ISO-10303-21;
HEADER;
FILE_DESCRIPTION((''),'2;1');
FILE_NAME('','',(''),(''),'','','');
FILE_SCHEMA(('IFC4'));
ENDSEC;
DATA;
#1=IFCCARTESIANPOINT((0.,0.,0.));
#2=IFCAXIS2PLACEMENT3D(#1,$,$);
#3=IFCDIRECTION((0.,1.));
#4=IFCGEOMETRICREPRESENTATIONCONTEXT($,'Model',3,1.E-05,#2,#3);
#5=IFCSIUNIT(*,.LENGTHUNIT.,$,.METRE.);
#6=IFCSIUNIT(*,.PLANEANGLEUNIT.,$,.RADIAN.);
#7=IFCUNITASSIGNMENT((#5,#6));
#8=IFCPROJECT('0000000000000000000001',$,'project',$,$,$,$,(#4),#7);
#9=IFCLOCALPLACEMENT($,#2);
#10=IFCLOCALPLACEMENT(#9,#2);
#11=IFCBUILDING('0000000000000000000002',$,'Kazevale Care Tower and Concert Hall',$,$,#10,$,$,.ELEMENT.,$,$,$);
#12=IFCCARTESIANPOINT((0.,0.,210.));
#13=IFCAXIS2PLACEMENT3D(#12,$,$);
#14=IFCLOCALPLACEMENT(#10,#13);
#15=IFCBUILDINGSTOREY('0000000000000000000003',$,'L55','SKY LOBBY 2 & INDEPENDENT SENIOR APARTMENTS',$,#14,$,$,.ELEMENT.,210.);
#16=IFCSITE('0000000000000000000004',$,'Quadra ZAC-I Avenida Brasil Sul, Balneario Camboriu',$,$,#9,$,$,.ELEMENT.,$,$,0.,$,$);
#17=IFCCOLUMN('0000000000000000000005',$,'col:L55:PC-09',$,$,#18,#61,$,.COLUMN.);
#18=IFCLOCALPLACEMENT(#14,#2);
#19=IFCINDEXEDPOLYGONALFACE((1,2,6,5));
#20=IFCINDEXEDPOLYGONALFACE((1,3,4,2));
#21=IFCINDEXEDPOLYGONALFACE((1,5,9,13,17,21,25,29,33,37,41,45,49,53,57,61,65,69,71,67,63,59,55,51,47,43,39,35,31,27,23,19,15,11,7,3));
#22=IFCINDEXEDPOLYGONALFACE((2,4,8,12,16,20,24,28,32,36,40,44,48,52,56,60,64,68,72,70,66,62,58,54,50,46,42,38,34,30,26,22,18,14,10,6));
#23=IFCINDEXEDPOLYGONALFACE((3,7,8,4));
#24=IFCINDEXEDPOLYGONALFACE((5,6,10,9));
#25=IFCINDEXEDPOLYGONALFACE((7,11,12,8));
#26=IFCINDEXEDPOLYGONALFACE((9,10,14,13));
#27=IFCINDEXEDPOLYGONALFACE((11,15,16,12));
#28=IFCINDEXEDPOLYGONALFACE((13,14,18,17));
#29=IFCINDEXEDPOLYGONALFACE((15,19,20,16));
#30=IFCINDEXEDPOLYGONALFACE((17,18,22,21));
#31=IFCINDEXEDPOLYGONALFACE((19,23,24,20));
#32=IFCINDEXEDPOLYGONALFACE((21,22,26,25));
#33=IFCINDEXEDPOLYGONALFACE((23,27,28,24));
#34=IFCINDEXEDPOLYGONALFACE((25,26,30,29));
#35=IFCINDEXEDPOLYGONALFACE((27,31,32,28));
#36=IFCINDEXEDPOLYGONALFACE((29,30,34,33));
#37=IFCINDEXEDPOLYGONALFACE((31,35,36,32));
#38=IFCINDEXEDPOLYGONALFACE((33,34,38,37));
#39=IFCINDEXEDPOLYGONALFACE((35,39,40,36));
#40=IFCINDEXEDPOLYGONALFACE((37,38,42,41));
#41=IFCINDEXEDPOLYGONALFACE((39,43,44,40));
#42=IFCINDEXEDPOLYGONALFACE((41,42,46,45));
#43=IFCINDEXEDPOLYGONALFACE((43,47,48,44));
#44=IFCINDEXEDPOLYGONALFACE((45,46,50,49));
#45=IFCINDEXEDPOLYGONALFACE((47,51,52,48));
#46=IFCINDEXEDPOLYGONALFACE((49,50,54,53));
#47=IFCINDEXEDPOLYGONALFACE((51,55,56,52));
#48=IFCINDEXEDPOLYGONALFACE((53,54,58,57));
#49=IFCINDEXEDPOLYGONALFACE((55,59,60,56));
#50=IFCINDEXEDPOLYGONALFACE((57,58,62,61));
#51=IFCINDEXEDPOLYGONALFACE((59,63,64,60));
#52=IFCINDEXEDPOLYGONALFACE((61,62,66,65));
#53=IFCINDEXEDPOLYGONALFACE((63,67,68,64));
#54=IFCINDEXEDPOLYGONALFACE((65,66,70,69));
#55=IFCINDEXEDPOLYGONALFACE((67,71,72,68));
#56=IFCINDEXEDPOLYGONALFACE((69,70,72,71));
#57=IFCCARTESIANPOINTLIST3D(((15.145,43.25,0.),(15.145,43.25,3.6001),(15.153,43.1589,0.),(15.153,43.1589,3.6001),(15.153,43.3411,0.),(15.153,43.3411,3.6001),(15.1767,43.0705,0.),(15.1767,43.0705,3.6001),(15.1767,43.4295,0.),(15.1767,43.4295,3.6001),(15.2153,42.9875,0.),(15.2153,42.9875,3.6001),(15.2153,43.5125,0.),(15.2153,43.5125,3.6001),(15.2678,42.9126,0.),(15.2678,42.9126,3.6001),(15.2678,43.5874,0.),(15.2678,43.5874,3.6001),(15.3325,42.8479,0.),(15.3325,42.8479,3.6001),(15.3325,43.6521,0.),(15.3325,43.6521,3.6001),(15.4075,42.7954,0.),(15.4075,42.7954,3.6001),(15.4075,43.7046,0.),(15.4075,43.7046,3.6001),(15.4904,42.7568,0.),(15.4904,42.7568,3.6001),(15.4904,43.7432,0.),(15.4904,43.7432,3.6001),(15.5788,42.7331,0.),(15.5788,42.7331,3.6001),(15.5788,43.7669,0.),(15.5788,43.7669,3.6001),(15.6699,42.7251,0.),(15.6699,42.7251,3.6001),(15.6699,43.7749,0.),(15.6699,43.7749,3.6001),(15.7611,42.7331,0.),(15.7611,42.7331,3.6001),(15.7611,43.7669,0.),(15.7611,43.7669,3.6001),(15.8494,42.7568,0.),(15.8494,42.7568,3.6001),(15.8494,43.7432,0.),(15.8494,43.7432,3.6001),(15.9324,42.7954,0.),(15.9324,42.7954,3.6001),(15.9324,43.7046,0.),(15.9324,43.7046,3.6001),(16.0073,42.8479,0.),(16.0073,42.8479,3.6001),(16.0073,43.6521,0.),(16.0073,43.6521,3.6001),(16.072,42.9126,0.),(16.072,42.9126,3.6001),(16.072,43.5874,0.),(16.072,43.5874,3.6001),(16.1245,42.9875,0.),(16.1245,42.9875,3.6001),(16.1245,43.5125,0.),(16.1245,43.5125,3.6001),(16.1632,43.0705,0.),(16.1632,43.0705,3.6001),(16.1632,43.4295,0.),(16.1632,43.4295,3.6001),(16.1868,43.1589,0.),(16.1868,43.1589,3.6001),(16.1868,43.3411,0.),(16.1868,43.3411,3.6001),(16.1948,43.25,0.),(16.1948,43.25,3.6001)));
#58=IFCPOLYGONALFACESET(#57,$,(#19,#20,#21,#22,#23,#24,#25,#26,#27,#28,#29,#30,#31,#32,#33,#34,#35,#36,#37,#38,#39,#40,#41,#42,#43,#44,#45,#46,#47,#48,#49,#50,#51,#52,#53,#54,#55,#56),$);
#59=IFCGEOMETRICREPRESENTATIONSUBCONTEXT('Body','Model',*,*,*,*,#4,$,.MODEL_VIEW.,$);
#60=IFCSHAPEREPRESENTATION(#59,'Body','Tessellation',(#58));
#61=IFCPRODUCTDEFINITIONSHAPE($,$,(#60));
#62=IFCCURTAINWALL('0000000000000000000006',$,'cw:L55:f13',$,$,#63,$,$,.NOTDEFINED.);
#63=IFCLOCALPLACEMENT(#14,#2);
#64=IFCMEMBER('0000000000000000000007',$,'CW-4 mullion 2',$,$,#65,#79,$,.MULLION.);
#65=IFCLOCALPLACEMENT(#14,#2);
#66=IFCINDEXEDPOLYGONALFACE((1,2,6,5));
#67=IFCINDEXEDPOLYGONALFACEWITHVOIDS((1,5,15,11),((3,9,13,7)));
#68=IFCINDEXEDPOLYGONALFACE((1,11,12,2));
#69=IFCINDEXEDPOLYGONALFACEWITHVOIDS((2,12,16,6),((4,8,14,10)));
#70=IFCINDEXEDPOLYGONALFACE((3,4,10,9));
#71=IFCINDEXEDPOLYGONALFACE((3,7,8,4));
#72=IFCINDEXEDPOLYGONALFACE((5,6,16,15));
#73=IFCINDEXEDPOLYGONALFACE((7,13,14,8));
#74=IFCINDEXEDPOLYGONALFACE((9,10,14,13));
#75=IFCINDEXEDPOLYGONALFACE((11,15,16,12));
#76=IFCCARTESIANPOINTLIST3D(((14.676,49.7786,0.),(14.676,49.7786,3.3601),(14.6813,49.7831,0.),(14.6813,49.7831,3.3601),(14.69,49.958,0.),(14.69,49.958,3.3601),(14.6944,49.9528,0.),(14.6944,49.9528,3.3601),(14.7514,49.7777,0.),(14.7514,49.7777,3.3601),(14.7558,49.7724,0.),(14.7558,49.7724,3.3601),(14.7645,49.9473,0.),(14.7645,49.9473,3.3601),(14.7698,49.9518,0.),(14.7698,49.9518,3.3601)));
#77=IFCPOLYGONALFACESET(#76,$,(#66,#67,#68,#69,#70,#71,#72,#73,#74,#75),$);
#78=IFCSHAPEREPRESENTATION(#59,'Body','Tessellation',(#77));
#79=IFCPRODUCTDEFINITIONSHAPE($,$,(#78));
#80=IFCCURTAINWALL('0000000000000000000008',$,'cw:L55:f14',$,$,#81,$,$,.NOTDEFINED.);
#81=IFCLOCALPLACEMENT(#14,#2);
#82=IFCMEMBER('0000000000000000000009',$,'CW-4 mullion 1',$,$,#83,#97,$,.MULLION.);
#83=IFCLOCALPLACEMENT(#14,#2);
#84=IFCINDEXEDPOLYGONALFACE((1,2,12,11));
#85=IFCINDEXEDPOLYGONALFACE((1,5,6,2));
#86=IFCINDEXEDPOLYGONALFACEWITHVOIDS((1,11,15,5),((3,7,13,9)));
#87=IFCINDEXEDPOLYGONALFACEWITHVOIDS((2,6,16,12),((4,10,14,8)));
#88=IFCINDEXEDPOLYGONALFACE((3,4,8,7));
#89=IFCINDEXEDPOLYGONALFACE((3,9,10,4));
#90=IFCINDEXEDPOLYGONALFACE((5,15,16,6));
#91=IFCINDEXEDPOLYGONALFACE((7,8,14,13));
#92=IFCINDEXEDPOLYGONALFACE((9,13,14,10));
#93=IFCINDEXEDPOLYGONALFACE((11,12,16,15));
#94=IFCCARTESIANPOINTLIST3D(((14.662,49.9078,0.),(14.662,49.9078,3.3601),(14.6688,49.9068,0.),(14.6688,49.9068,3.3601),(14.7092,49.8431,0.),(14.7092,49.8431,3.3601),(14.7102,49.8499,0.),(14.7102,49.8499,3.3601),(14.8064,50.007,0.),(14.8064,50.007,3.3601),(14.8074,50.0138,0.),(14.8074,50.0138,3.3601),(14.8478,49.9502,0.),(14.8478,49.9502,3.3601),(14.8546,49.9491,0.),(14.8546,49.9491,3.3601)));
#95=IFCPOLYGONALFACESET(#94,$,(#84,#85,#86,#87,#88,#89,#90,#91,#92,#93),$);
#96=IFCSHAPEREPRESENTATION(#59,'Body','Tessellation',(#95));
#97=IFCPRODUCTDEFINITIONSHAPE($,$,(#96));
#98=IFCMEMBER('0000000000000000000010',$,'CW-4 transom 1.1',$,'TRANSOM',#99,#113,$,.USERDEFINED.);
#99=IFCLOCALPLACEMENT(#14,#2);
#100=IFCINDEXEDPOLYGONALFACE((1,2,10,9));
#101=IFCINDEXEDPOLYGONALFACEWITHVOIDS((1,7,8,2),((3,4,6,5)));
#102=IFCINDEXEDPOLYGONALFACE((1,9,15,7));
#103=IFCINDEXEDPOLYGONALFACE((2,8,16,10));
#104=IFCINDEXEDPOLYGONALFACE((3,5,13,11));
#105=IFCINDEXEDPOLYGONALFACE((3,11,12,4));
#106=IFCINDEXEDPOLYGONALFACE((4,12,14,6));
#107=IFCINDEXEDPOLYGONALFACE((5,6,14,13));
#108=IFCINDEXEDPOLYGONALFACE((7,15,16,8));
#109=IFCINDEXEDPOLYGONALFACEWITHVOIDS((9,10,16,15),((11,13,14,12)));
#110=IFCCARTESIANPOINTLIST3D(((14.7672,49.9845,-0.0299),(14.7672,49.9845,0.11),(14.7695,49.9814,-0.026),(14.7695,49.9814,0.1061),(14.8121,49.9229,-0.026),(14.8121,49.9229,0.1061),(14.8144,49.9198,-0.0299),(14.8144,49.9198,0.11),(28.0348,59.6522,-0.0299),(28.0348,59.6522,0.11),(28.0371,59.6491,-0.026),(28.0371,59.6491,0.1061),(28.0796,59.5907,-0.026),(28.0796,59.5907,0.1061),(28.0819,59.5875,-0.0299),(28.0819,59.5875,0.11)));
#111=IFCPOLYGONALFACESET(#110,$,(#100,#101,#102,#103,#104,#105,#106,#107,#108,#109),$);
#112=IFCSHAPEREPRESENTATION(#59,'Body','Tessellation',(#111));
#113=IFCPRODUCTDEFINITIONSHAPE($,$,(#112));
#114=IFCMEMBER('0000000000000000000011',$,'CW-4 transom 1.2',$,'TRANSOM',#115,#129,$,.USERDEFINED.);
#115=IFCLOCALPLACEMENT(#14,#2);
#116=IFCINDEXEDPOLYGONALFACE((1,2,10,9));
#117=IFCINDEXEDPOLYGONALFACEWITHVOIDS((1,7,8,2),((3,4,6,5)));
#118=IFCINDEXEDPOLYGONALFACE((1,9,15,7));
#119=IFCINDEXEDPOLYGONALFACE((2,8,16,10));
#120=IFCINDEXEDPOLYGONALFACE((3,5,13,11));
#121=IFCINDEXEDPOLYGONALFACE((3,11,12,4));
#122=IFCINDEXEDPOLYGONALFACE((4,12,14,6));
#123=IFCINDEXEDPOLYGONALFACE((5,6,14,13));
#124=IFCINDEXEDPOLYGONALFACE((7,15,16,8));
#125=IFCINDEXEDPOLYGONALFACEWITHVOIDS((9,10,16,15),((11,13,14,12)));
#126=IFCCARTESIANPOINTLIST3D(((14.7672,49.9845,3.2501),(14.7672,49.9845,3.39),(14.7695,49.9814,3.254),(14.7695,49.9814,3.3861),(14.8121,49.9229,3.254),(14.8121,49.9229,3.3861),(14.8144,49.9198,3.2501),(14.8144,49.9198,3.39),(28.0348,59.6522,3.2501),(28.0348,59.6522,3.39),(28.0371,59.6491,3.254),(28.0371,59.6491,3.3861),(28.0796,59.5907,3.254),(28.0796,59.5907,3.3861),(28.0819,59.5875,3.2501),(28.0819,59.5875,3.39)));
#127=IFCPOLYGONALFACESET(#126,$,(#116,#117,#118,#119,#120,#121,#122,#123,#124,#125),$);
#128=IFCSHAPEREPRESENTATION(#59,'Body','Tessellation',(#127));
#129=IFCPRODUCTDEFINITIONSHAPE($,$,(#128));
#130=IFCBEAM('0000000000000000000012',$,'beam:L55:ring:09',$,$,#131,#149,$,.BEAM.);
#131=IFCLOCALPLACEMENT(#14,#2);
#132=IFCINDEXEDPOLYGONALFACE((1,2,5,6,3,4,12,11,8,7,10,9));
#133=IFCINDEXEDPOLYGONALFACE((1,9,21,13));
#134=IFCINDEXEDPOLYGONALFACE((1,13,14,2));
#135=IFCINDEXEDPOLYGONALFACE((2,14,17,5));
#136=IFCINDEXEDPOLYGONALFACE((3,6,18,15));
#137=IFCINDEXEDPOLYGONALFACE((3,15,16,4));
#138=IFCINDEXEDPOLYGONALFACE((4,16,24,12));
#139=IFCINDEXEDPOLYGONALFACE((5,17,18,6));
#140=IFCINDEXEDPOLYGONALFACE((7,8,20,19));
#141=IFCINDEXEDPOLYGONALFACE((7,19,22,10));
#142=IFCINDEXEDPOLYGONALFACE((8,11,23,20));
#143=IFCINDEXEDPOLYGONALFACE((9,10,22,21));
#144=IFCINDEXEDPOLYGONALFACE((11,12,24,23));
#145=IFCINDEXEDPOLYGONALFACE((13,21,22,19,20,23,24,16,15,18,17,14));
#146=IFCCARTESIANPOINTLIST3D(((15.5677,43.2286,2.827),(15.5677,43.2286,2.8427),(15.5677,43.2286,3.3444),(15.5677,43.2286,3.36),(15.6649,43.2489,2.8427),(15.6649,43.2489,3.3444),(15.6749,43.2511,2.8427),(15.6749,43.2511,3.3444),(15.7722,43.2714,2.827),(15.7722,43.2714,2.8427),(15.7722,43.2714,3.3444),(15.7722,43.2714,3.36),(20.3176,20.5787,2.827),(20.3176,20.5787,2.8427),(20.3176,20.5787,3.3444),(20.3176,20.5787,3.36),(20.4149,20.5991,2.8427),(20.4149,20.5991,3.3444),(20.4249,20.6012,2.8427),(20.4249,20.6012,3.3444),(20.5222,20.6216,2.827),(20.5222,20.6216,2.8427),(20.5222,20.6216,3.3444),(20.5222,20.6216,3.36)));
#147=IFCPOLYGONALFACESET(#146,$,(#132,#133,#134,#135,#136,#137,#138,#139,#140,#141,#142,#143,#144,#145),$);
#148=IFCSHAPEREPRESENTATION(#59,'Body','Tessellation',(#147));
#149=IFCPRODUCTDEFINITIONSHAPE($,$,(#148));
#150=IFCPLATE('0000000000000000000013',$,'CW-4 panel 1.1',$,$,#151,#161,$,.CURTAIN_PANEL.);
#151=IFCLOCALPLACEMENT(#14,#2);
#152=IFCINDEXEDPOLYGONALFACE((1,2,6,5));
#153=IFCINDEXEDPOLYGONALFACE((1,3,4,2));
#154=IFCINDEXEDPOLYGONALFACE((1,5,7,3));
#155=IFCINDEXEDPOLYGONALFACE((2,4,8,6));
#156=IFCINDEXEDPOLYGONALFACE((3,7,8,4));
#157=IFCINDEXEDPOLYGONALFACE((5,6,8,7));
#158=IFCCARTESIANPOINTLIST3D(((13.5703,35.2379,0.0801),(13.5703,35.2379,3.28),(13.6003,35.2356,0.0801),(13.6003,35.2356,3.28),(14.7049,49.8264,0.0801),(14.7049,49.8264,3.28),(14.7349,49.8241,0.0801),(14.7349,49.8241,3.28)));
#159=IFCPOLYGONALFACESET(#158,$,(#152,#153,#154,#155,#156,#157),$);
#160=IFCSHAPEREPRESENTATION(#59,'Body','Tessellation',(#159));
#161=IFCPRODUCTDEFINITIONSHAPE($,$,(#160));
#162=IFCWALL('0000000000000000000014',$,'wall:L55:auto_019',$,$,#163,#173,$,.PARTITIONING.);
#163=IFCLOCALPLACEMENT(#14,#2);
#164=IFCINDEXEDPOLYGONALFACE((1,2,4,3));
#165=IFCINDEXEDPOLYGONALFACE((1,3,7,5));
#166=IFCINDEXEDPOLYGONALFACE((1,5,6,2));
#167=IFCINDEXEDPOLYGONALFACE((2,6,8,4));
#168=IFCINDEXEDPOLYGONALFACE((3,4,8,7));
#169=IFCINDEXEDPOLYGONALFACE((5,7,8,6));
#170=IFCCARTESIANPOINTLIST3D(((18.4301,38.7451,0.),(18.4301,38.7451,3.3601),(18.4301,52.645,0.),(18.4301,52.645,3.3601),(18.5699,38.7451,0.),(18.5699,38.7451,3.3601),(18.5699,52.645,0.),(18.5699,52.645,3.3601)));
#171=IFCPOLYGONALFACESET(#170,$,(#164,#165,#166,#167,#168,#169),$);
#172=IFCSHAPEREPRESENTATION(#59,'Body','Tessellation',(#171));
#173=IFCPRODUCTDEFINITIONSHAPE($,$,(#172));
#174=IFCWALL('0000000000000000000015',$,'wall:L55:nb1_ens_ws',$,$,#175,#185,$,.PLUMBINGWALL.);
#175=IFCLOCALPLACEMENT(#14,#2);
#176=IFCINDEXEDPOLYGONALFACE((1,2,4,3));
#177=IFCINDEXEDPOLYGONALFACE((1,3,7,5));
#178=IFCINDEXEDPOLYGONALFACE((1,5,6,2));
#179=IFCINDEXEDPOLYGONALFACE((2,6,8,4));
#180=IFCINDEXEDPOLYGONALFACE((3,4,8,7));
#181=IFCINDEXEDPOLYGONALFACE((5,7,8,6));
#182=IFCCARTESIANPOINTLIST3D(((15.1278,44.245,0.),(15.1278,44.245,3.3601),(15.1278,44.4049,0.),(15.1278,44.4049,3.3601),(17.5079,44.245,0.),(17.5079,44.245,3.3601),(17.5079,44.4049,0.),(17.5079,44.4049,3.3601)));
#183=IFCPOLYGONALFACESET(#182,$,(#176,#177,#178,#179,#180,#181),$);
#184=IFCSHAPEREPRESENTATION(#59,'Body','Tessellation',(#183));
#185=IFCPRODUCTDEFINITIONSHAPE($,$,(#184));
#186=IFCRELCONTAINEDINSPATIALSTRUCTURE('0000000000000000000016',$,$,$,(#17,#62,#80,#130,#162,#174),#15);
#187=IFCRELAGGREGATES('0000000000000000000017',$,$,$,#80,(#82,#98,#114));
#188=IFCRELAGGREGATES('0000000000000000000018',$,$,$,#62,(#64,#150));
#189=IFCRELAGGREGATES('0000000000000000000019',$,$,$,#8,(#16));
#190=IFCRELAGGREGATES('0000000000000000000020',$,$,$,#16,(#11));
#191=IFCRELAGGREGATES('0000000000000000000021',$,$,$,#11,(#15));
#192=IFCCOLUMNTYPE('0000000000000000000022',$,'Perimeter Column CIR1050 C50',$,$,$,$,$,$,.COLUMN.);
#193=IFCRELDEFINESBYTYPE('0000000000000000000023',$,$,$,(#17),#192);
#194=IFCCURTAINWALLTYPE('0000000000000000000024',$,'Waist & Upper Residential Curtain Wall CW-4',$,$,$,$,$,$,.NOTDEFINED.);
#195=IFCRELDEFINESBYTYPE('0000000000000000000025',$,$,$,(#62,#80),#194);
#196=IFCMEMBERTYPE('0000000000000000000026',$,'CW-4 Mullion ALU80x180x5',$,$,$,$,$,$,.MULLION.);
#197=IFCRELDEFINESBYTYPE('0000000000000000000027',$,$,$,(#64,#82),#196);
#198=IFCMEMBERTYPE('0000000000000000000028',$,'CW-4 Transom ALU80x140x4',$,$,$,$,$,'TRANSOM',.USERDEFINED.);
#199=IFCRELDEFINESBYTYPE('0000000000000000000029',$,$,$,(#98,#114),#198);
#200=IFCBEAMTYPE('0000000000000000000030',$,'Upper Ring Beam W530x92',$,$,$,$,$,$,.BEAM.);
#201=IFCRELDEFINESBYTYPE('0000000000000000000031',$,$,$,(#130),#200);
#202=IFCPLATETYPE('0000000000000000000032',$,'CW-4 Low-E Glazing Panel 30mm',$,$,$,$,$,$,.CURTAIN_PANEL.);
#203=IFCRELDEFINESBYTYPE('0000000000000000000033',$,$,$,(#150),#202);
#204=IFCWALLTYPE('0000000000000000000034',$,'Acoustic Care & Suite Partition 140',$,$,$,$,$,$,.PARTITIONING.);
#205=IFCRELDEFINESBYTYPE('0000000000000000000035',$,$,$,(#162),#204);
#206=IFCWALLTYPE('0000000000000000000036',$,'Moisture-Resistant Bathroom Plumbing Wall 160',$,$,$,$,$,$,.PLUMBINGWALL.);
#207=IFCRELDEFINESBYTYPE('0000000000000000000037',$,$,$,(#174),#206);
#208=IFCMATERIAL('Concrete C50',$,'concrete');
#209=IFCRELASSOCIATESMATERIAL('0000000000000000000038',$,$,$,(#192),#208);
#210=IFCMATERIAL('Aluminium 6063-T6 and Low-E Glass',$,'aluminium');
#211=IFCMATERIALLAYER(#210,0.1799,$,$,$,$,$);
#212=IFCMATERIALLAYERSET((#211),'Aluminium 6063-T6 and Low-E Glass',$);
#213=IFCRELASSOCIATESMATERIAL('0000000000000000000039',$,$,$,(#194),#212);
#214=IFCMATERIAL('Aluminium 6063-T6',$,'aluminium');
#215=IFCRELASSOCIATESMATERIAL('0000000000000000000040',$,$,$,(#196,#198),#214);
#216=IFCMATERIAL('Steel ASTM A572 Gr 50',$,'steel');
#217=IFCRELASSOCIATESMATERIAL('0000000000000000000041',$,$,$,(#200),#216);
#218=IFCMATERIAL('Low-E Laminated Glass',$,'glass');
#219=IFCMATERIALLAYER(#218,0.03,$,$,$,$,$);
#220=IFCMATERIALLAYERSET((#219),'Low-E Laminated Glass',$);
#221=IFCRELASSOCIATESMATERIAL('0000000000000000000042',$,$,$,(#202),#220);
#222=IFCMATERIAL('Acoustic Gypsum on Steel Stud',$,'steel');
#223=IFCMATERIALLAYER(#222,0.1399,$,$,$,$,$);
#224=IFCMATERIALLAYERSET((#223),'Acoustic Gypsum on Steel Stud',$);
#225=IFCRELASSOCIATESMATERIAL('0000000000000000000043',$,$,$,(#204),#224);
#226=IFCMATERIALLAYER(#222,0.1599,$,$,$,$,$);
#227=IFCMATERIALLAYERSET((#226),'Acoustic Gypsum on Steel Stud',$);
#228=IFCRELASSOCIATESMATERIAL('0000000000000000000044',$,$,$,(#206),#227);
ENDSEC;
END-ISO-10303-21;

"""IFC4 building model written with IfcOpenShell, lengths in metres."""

from ifc_helpers import new_model, si_unit, direction, frame, frame_2d, origin, origin_2d, place, context, subcontext, project, spatial, rectangle, hollow_rectangle, circle, i_section, extrude, material, layer, layer_set, material_profile, profile_set, type_object, element, aggregate, save


model = new_model("IFC4")

# Units and contexts
model_context = context("Model", 3, precision=1e-05, world=origin(), true_north=direction((0.0, 1.0)))
body_context = subcontext(model_context, "Body", "Model", "MODEL_VIEW")
ifc_project = project(units=[si_unit("LENGTHUNIT", "METRE"), si_unit("PLANEANGLEUNIT", "RADIAN")], contexts=[model_context])

# Site, building, storey
site_placement = place(None, origin())
site = spatial("IfcSite", under=ifc_project, at=site_placement, Name="Quadra ZAC-I Avenida Brasil Sul, Balneario Camboriu", CompositionType="ELEMENT", RefElevation=0.0)
building_placement = place(site_placement, origin())
building = spatial("IfcBuilding", under=site, at=building_placement, Name="Kazevale Care Tower and Concert Hall", CompositionType="ELEMENT")
storey_placement = place(building_placement, frame((0.0, 0.0, 210.0)))
storey = spatial("IfcBuildingStorey", under=building, at=storey_placement, Name="L55", Description="SKY LOBBY 2 & INDEPENDENT SENIOR APARTMENTS", CompositionType="ELEMENT", Elevation=210.0)

# Column
ifc_material_1 = material(Name="Concrete C50", Category="concrete")
ifc_material_profile_1 = material_profile(ifc_material_1, circle(Radius=0.5249, at=origin_2d()), Name="RC-CIR1050")
ifc_profile_set_1 = profile_set([ifc_material_profile_1], Name="Concrete C50")
column_type = type_object("IfcColumnType", Name="Perimeter Column CIR1050 C50", PredefinedType="COLUMN", material=ifc_profile_set_1)
column_placement = place(storey_placement, frame((15.6699, 43.25, 0.0), z_axis=(0.0, 0.0, 1.0), x_axis=(1.0, 0.0, 0.0)))
element("IfcColumn", 1, at=column_placement, inside=storey, type_object=column_type, Name="col:L55:PC-09", PredefinedType="COLUMN", context=body_context, shape_type="SweptSolid", body=[
    extrude(circle(Radius=0.5249, at=origin_2d()), origin(), (0.0, 0.0, 1.0), 3.6001),
])

# Curtain wall, member
ifc_material_2 = material(Name="Aluminium 6063-T6 and Low-E Glass", Category="aluminium")
ifc_layer_1 = layer(ifc_material_2, 0.1799)
ifc_layer_set_1 = layer_set([ifc_layer_1], Name="Aluminium 6063-T6 and Low-E Glass")
curtain_wall_type = type_object("IfcCurtainWallType", Name="Waist & Upper Residential Curtain Wall CW-4", PredefinedType="NOTDEFINED", material=ifc_layer_set_1)
curtain_wall_1_placement = place(storey_placement, origin())
curtain_wall_1 = element("IfcCurtainWall", 2, at=curtain_wall_1_placement, inside=storey, type_object=curtain_wall_type, Name="cw:L55:f13", PredefinedType="NOTDEFINED")
ifc_material_3 = material(Name="Aluminium 6063-T6", Category="aluminium")
ifc_material_profile_2 = material_profile(ifc_material_3, hollow_rectangle(XDim=0.0801, YDim=0.1799, WallThickness=0.0049, at=origin_2d()), Name="ALU80x180x5")
ifc_profile_set_2 = profile_set([ifc_material_profile_2], Name="Aluminium 6063-T6")
member_type_1 = type_object("IfcMemberType", Name="CW-4 Mullion ALU80x180x5", PredefinedType="MULLION", material=ifc_profile_set_2)
member_1_placement = place(storey_placement, frame((14.7229, 49.8652, 0.0), z_axis=(0.0, 0.0, 1.0), x_axis=(-0.996989, 0.077539, 0.0)))
member_1 = element("IfcMember", 3, at=member_1_placement, type_object=member_type_1, Name="CW-4 mullion 2", PredefinedType="MULLION", context=body_context, shape_type="SweptSolid", body=[
    extrude(hollow_rectangle(XDim=0.0801, YDim=0.1799, WallThickness=0.0049, at=origin_2d()), origin(), (0.0, 0.0, 1.0), 3.3601),
])

# Curtain wall, members
curtain_wall_2_placement = place(storey_placement, origin())
curtain_wall_2 = element("IfcCurtainWall", 4, at=curtain_wall_2_placement, inside=storey, type_object=curtain_wall_type, Name="cw:L55:f14", PredefinedType="NOTDEFINED")
member_2_placement = place(storey_placement, frame((14.7583, 49.9285, 0.0), z_axis=(0.0, 0.0, 1.0), x_axis=(-0.58891, 0.808198, 0.0)))
member_2 = element("IfcMember", 5, at=member_2_placement, type_object=member_type_1, Name="CW-4 mullion 1", PredefinedType="MULLION", context=body_context, shape_type="SweptSolid", body=[
    extrude(hollow_rectangle(XDim=0.0801, YDim=0.1799, WallThickness=0.0049, at=origin_2d()), origin(), (0.0, 0.0, 1.0), 3.3601),
])
ifc_material_profile_3 = material_profile(ifc_material_3, hollow_rectangle(XDim=0.0801, YDim=0.1399, WallThickness=0.0039, at=origin_2d()), Name="ALU80x140x4")
ifc_profile_set_3 = profile_set([ifc_material_profile_3], Name="Aluminium 6063-T6")
member_type_2 = type_object("IfcMemberType", Name="CW-4 Transom ALU80x140x4", ElementType="TRANSOM", PredefinedType="USERDEFINED", material=ifc_profile_set_3)
member_3_placement = place(storey_placement, frame((14.7908, 49.9521, 0.04), z_axis=(0.808197, 0.588912, 0.0), x_axis=(-0.588912, 0.808197, 0.0)))
member_3 = element("IfcMember", 6, at=member_3_placement, type_object=member_type_2, Name="CW-4 transom 1.1", ObjectType="TRANSOM", PredefinedType="USERDEFINED", context=body_context, shape_type="SweptSolid", body=[
    extrude(hollow_rectangle(XDim=0.0801, YDim=0.1399, WallThickness=0.0039, at=origin_2d()), origin(), (0.0, 0.0, 1.0), 16.4163),
])
member_4_placement = place(storey_placement, frame((14.7908, 49.9521, 3.3201), z_axis=(0.808197, 0.588912, 0.0), x_axis=(-0.588912, 0.808197, 0.0)))
member_4 = element("IfcMember", 7, at=member_4_placement, type_object=member_type_2, Name="CW-4 transom 1.2", ObjectType="TRANSOM", PredefinedType="USERDEFINED", context=body_context, shape_type="SweptSolid", body=[
    extrude(hollow_rectangle(XDim=0.0801, YDim=0.1399, WallThickness=0.0039, at=origin_2d()), origin(), (0.0, 0.0, 1.0), 16.4163),
])
aggregate(curtain_wall_2, [member_2, member_3, member_4])

# Beam
ifc_material_4 = material(Name="Steel ASTM A572 Gr 50", Category="steel")
ifc_material_profile_4 = material_profile(ifc_material_4, i_section(OverallWidth=0.209, OverallDepth=0.533, WebThickness=0.0103, FlangeThickness=0.0156, at=origin_2d()), Name="W530x92")
ifc_profile_set_4 = profile_set([ifc_material_profile_4], Name="Steel ASTM A572 Gr 50")
beam_type = type_object("IfcBeamType", Name="Upper Ring Beam W530x92", PredefinedType="BEAM", material=ifc_profile_set_4)
beam_placement = place(storey_placement, frame((15.6699, 43.25, 3.0935), z_axis=(0.205249, -0.97871, 0.0), x_axis=(0.97871, 0.205249, 0.0)))
element("IfcBeam", 8, at=beam_placement, inside=storey, type_object=beam_type, Name="beam:L55:ring:09", PredefinedType="BEAM", context=body_context, shape_type="SweptSolid", body=[
    extrude(i_section(OverallWidth=0.209, OverallDepth=0.533, WebThickness=0.0103, FlangeThickness=0.0156, at=origin_2d()), origin(), (0.0, 0.0, 1.0), 23.1426),
])

# Plate
ifc_material_5 = material(Name="Low-E Laminated Glass", Category="glass")
ifc_layer_2 = layer(ifc_material_5, 0.03)
ifc_layer_set_2 = layer_set([ifc_layer_2], Name="Low-E Laminated Glass")
plate_type = type_object("IfcPlateType", Name="CW-4 Low-E Glazing Panel 30mm", PredefinedType="CURTAIN_PANEL", material=ifc_layer_set_2)
plate_placement = place(storey_placement, frame((14.1526, 42.531, 0.0801), z_axis=(0.0, 0.0, 1.0), x_axis=(0.077539, 0.996989, 0.0)))
plate = element("IfcPlate", 9, at=plate_placement, type_object=plate_type, Name="CW-4 panel 1.1", PredefinedType="CURTAIN_PANEL", context=body_context, shape_type="SweptSolid", body=[
    extrude(rectangle(XDim=14.6326, YDim=0.03, at=origin_2d()), origin(), (0.0, 0.0, 1.0), 3.2),
])
aggregate(curtain_wall_1, [member_1, plate])

# Walls
ifc_material_6 = material(Name="Acoustic Gypsum on Steel Stud", Category="steel")
ifc_layer_3 = layer(ifc_material_6, 0.1399)
ifc_layer_set_3 = layer_set([ifc_layer_3], Name="Acoustic Gypsum on Steel Stud")
wall_type_1 = type_object("IfcWallType", Name="Acoustic Care & Suite Partition 140", PredefinedType="PARTITIONING", material=ifc_layer_set_3)
wall_1_placement = place(storey_placement, frame((18.5, 52.645, 0.0), z_axis=(0.0, 0.0, 1.0), x_axis=(0.0, -1.0, 0.0)))
element("IfcWall", 10, at=wall_1_placement, inside=storey, type_object=wall_type_1, Name="wall:L55:auto_019", PredefinedType="PARTITIONING", context=body_context, shape_type="SweptSolid", body=[
    extrude(rectangle(XDim=13.8999, YDim=0.1399, at=frame_2d((6.95, 0.0))), origin(), (0.0, 0.0, 1.0), 3.3601),
])
ifc_layer_4 = layer(ifc_material_6, 0.1599)
ifc_layer_set_4 = layer_set([ifc_layer_4], Name="Acoustic Gypsum on Steel Stud")
wall_type_2 = type_object("IfcWallType", Name="Moisture-Resistant Bathroom Plumbing Wall 160", PredefinedType="PLUMBINGWALL", material=ifc_layer_set_4)
wall_2_placement = place(storey_placement, frame((15.1279, 44.325, 0.0), z_axis=(0.0, 0.0, 1.0), x_axis=(1.0, 0.0, 0.0)))
element("IfcWall", 11, at=wall_2_placement, inside=storey, type_object=wall_type_2, Name="wall:L55:nb1_ens_ws", PredefinedType="PLUMBINGWALL", context=body_context, shape_type="SweptSolid", body=[
    extrude(rectangle(XDim=2.3801, YDim=0.1599, at=frame_2d((1.1899, 0.0))), origin(), (0.0, 0.0, 1.0), 3.3601),
])

save(model, "model.ifc")
